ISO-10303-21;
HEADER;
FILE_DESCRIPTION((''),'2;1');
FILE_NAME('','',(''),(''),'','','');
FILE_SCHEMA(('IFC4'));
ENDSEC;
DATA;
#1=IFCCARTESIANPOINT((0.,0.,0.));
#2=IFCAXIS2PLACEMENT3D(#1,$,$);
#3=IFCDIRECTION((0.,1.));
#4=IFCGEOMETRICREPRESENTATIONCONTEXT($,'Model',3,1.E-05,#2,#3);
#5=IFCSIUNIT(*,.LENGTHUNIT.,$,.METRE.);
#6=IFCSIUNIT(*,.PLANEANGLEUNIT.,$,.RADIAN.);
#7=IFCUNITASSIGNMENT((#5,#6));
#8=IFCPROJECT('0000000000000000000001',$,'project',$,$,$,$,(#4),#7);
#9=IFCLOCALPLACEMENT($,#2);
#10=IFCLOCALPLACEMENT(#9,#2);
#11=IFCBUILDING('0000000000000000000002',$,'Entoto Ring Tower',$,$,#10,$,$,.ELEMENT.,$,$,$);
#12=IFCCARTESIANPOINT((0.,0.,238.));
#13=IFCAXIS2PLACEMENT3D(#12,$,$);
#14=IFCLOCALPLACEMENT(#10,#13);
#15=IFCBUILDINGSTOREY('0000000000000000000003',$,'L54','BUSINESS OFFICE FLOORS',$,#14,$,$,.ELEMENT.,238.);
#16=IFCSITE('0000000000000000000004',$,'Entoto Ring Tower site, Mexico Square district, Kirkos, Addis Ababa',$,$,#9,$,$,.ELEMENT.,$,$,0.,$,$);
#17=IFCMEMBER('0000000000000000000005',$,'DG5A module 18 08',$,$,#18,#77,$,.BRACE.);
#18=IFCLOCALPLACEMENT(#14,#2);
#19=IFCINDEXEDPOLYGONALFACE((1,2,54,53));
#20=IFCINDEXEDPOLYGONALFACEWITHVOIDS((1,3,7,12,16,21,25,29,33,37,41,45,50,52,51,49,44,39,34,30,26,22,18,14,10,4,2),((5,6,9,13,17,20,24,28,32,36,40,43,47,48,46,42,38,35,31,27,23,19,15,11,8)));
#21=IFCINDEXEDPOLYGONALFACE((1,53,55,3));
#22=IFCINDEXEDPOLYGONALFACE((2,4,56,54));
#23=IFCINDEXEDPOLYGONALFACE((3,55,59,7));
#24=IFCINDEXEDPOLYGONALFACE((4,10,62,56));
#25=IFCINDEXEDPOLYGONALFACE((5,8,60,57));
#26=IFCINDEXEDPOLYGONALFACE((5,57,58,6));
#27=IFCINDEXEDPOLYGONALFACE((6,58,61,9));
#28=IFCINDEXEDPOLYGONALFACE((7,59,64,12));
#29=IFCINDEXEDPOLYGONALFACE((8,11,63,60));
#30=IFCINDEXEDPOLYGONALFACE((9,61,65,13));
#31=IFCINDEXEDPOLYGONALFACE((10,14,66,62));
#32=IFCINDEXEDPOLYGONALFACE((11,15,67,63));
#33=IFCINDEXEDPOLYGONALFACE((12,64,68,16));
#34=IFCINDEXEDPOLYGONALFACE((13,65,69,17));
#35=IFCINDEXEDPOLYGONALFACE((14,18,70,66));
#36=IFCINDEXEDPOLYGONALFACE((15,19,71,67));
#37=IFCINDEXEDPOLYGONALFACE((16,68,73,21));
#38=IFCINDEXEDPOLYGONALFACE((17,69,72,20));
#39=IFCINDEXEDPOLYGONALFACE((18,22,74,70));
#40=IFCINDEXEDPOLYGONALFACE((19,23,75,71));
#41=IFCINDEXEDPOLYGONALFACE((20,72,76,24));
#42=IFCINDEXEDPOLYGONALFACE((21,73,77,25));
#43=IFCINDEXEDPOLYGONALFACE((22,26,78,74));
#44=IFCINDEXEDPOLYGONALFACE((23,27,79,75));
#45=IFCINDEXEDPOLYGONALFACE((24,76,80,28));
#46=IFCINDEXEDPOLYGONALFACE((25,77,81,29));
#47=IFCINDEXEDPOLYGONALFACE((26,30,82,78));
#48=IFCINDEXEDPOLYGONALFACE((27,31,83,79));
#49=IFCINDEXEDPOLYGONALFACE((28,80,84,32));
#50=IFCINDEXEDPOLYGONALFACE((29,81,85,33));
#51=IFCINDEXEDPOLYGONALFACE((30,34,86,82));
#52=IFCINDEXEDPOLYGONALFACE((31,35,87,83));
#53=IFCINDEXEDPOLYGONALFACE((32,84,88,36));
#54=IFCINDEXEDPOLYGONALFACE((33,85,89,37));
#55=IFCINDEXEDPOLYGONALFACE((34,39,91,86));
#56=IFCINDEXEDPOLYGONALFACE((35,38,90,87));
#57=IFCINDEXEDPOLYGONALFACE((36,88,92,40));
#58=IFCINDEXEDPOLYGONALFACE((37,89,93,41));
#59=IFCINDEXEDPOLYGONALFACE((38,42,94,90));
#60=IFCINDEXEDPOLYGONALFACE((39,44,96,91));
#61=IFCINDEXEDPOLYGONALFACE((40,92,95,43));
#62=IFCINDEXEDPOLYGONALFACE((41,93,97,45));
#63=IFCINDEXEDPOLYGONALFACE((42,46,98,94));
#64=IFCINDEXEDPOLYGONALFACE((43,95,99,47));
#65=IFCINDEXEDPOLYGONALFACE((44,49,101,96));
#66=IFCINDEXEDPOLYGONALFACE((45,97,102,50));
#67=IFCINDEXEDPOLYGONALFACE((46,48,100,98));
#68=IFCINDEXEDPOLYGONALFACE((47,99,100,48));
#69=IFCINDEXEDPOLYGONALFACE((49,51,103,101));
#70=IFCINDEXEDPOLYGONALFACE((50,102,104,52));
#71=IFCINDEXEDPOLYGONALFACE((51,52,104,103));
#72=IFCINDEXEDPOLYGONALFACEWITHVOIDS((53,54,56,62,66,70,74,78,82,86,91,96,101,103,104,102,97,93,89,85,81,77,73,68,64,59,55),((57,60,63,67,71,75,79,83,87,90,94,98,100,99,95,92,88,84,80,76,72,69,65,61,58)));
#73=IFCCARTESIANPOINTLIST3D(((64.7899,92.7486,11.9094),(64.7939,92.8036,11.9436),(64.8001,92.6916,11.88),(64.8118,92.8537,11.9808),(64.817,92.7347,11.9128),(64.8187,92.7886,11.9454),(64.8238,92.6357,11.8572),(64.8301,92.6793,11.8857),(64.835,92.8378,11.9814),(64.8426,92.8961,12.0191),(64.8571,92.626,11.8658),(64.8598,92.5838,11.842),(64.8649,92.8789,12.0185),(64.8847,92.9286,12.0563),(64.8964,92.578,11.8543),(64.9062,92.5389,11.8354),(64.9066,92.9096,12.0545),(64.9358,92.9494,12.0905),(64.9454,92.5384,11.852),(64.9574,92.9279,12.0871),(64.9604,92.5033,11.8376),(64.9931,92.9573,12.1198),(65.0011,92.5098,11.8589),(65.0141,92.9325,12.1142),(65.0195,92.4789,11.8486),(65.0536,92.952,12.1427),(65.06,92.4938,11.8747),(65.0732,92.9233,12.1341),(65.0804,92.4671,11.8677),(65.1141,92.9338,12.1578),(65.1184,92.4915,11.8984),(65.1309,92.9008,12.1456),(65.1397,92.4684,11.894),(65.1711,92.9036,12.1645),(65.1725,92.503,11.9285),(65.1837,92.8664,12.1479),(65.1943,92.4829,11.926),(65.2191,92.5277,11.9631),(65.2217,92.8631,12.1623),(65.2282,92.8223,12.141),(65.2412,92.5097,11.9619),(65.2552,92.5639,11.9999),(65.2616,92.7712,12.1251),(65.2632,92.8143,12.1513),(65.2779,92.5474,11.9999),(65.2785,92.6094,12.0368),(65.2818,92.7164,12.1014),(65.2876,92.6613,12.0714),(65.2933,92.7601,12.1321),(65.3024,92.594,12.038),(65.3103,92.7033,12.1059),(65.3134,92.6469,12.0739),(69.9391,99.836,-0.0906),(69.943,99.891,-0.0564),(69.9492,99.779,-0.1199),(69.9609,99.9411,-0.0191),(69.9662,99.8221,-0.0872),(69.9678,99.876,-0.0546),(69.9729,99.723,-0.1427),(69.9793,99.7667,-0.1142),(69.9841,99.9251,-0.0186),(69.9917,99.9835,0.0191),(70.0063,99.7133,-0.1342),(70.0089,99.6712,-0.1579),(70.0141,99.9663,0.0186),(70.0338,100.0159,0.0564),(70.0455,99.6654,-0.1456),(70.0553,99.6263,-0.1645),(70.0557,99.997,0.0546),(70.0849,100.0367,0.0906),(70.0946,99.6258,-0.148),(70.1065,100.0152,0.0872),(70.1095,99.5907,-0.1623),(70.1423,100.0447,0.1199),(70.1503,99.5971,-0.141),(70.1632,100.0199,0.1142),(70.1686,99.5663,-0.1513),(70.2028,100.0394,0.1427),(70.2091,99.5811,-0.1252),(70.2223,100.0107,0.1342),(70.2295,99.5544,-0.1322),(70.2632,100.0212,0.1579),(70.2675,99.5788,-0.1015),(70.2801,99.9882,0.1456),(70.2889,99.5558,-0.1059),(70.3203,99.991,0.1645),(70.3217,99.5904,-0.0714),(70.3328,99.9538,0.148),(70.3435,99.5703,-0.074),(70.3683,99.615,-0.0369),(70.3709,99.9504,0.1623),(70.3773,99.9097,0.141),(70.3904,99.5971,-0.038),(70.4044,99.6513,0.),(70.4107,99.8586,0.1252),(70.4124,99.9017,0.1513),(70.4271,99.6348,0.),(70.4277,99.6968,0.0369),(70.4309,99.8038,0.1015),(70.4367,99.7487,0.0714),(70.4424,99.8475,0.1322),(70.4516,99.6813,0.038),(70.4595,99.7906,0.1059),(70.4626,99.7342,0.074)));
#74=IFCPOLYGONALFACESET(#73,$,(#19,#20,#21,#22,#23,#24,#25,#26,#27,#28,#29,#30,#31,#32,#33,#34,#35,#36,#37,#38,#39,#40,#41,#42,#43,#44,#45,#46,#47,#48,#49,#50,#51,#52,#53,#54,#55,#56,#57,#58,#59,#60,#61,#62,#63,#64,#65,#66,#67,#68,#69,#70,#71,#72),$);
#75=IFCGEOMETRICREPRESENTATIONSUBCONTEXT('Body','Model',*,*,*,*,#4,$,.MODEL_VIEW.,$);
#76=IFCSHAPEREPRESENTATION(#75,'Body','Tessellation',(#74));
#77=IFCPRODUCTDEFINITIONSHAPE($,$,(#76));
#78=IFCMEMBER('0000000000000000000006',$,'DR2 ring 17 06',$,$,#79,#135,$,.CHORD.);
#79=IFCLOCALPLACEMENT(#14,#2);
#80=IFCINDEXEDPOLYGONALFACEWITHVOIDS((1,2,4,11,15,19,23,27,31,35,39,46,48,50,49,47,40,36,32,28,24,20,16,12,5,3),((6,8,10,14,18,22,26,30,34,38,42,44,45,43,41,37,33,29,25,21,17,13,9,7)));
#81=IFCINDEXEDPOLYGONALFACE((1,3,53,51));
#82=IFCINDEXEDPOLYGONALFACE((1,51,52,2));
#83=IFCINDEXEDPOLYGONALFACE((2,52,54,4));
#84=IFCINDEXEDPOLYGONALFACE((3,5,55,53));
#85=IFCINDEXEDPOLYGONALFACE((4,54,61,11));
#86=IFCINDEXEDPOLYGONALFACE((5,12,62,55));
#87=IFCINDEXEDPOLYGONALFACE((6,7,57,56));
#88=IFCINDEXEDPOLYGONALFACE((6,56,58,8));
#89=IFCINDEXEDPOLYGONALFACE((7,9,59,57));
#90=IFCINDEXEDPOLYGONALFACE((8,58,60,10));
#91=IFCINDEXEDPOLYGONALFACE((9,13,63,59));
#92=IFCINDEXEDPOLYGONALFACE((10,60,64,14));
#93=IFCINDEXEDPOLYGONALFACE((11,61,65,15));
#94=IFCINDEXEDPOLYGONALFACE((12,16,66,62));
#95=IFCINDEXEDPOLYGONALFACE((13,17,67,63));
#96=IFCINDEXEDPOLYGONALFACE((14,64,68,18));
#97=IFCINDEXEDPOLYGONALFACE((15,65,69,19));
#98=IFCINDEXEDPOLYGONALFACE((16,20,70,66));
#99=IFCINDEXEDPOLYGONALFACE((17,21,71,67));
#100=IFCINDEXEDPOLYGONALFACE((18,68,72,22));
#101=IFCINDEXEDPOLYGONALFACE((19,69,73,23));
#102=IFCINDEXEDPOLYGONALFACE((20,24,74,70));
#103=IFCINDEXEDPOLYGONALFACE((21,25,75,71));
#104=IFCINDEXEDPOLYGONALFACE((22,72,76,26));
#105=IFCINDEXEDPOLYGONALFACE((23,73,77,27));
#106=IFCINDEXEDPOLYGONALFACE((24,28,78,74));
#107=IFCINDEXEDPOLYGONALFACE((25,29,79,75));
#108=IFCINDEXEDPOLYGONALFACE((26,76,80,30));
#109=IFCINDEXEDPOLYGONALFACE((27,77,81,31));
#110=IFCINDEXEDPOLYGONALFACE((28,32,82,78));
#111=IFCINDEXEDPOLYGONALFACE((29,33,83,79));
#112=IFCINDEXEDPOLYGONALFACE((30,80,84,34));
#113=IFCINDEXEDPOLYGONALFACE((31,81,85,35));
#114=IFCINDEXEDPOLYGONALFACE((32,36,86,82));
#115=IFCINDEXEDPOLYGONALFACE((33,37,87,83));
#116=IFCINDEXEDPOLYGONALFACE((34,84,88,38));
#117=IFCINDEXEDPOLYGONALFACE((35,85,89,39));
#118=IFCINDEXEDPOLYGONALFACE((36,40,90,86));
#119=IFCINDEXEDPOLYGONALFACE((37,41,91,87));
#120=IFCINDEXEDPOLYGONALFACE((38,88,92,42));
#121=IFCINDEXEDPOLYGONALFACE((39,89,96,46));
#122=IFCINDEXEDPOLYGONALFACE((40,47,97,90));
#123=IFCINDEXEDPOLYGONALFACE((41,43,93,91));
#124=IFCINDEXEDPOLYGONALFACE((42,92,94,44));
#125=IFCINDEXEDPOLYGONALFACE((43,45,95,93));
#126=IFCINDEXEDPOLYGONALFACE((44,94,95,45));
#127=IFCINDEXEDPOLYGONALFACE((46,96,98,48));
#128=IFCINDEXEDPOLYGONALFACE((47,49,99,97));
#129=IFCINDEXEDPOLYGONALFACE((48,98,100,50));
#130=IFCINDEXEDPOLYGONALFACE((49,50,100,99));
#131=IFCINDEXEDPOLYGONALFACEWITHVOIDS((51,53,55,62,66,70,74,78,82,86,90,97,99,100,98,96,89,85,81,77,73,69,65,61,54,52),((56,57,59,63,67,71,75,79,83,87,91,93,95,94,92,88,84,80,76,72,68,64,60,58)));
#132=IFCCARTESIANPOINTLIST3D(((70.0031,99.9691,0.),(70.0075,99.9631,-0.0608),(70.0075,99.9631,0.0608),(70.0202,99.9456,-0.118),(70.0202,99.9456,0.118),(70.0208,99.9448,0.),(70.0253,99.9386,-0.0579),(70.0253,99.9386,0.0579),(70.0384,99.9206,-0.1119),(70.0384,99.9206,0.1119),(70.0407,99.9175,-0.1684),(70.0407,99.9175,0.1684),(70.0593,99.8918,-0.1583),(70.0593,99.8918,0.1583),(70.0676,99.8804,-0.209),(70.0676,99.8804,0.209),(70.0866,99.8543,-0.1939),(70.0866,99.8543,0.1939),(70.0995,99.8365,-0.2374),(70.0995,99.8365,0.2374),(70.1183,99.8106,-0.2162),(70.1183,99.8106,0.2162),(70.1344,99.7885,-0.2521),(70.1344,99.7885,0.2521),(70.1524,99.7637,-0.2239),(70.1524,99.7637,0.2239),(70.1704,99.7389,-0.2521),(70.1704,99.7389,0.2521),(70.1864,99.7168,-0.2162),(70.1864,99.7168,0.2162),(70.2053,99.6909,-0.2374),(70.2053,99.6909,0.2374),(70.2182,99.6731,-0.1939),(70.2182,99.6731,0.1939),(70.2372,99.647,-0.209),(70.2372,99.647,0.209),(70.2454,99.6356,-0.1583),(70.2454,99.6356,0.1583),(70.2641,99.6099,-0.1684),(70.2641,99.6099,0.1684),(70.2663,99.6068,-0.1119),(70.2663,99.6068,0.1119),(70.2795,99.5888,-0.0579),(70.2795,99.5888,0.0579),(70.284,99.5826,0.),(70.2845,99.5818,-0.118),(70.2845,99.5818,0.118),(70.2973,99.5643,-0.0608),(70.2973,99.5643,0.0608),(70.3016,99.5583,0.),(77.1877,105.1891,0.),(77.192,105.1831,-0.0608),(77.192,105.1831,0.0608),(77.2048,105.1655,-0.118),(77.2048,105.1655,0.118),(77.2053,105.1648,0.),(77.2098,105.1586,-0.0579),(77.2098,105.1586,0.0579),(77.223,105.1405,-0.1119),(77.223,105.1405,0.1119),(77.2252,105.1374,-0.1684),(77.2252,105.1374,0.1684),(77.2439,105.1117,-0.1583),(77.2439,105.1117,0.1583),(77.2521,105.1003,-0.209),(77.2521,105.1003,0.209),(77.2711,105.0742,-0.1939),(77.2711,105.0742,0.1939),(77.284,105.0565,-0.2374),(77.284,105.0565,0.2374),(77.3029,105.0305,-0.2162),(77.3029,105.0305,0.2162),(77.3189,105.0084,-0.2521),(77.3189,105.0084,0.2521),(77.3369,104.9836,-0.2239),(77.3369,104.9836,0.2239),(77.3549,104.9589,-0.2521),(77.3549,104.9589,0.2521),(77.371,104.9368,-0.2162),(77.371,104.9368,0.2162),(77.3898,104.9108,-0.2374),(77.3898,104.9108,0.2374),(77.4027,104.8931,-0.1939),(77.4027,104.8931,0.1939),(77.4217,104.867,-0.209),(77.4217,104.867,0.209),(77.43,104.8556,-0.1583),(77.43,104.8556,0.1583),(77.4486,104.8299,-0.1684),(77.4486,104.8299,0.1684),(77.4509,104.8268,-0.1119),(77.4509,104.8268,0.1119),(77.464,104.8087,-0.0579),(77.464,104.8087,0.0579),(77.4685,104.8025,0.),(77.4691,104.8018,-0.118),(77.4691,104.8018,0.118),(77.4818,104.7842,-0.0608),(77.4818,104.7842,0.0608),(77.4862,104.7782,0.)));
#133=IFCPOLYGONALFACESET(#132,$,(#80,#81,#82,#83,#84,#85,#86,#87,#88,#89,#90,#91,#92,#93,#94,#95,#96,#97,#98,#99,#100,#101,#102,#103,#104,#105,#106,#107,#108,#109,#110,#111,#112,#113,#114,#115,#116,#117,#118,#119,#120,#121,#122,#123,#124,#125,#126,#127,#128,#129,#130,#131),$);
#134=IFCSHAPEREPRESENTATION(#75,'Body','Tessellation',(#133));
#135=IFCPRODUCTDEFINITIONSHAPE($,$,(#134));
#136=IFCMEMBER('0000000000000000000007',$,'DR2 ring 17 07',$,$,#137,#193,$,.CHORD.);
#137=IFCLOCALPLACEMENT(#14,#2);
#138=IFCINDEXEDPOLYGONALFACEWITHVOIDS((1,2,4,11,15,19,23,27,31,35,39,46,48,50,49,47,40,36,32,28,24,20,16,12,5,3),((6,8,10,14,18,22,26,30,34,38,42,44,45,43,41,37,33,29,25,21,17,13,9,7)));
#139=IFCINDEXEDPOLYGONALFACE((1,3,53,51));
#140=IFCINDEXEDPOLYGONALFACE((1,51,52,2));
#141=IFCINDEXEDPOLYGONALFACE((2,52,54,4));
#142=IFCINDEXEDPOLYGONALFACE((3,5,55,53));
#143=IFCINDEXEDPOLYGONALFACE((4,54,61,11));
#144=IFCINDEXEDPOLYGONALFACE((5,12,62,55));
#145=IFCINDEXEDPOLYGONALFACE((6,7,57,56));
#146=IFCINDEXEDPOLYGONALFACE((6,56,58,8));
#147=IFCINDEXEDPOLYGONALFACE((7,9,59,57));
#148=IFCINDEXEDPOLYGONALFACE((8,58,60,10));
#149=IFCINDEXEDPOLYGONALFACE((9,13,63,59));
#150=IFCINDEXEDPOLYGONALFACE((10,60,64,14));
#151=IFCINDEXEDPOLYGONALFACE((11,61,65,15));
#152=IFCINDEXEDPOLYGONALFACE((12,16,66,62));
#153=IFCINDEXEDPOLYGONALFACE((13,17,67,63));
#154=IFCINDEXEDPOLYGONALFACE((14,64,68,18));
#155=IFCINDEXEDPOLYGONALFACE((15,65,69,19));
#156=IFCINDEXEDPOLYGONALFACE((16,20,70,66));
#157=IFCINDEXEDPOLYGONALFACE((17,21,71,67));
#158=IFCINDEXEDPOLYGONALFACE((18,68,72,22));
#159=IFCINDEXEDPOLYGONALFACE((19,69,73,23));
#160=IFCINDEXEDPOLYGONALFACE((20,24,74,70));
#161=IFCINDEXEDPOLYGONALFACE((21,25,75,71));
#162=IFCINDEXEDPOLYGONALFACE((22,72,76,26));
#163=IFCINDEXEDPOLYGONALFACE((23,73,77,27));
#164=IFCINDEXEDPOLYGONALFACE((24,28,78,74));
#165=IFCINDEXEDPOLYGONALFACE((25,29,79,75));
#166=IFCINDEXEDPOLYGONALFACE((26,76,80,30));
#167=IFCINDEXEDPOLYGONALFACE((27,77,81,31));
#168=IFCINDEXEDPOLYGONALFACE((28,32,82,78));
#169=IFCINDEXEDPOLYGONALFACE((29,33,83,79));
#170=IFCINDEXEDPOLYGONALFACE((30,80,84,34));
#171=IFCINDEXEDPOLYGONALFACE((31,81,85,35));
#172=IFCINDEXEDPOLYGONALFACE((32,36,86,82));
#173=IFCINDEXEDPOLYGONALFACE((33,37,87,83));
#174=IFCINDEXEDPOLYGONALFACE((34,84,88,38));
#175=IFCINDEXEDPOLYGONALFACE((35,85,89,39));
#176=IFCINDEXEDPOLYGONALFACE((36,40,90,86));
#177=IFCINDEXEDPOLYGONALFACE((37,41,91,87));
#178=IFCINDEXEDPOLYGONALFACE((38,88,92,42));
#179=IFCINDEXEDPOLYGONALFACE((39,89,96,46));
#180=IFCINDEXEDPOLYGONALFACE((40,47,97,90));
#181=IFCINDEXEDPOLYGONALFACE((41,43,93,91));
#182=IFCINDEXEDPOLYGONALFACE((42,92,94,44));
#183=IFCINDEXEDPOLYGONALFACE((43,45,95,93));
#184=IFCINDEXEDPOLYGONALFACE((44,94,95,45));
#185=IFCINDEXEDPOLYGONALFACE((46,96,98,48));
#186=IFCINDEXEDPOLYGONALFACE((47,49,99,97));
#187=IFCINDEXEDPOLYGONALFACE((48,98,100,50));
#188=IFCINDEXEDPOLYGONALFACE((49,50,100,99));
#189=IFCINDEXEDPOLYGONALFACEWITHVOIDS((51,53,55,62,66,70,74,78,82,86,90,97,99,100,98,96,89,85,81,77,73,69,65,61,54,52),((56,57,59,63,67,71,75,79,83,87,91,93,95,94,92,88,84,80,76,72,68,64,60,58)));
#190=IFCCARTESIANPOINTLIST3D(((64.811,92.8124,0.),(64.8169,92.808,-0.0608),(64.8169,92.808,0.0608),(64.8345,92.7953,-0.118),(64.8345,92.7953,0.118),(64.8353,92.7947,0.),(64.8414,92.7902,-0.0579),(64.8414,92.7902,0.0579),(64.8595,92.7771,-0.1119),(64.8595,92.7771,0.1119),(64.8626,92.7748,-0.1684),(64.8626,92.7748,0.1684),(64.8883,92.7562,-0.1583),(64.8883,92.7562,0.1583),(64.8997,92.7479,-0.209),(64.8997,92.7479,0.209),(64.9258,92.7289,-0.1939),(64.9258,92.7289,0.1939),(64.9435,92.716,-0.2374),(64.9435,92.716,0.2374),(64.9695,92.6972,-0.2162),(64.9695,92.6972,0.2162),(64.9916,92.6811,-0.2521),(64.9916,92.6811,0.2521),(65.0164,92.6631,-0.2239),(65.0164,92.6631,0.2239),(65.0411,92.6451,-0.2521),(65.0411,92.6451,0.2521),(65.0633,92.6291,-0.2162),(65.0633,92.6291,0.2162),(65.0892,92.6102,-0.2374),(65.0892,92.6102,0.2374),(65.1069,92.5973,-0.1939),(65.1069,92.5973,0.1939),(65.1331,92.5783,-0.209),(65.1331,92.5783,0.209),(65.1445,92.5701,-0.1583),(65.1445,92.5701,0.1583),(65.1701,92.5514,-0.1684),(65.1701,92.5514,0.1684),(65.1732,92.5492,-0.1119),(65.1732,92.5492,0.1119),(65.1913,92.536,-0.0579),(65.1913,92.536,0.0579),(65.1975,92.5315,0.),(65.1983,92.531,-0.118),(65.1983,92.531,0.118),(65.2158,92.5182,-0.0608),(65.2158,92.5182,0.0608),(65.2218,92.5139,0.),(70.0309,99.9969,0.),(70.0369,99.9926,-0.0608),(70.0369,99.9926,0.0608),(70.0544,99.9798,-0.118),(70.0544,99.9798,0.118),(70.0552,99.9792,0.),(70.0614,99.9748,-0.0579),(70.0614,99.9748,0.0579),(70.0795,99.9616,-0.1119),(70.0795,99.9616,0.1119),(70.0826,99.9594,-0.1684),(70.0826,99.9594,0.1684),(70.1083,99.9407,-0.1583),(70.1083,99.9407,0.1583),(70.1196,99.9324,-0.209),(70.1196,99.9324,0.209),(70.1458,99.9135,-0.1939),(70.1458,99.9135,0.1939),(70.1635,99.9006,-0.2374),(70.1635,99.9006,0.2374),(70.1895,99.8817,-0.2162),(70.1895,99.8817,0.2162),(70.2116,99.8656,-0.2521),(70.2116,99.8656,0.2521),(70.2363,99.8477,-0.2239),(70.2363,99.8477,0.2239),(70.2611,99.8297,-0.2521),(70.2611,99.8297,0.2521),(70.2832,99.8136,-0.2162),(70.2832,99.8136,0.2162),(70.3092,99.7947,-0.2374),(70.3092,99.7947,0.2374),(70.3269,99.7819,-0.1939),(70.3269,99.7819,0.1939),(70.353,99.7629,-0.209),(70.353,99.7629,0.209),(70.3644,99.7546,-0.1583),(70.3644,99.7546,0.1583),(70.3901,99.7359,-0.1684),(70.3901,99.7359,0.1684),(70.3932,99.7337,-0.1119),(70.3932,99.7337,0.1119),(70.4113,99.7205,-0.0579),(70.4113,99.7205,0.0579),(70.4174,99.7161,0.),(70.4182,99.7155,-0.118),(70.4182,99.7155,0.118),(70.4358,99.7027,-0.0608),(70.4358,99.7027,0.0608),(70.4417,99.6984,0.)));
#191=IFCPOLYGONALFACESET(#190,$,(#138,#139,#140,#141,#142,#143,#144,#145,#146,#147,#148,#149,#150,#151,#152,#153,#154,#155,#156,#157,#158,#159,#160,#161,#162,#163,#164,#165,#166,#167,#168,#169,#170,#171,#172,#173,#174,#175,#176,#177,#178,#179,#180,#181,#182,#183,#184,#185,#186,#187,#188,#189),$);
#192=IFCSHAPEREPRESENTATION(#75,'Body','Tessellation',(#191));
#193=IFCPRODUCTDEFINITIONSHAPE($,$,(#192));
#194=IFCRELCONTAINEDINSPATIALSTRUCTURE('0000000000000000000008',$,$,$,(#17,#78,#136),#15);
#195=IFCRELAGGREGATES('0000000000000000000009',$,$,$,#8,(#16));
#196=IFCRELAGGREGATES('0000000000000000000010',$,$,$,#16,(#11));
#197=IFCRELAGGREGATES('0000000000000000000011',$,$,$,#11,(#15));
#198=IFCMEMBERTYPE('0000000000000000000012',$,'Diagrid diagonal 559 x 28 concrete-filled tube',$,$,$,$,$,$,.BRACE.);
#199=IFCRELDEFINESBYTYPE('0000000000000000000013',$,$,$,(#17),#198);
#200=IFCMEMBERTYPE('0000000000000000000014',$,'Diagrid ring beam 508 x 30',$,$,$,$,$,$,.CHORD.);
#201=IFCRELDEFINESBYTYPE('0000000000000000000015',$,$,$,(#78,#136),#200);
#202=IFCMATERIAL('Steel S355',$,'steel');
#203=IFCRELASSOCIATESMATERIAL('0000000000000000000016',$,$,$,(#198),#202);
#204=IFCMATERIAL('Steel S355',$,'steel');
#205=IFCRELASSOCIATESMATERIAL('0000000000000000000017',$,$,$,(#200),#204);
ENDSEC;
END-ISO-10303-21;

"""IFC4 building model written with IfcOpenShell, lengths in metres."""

from ifc_helpers import new_model, si_unit, direction, frame, origin, origin_2d, place, context, subcontext, project, spatial, circle, hollow_circle, extrude, material, material_profile, profile_set, type_object, element, save


model = new_model("IFC4")

# Units and contexts
model_context = context("Model", 3, precision=1e-05, world=origin(), true_north=direction((0.0, 1.0)))
body_context = subcontext(model_context, "Body", "Model", "MODEL_VIEW")
ifc_project = project(units=[si_unit("LENGTHUNIT", "METRE"), si_unit("PLANEANGLEUNIT", "RADIAN")], contexts=[model_context])

# Site, building, storey
site_placement = place(None, origin())
site = spatial("IfcSite", under=ifc_project, at=site_placement, Name="Entoto Ring Tower site, Mexico Square district, Kirkos, Addis Ababa", CompositionType="ELEMENT", RefElevation=0.0)
building_placement = place(site_placement, origin())
building = spatial("IfcBuilding", under=site, at=building_placement, Name="Entoto Ring Tower", CompositionType="ELEMENT")
storey_placement = place(building_placement, frame((0.0, 0.0, 238.0)))
storey = spatial("IfcBuildingStorey", under=building, at=storey_placement, Name="L54", Description="BUSINESS OFFICE FLOORS", CompositionType="ELEMENT", Elevation=238.0)

# Members
ifc_material_1 = material(Name="Steel S355", Category="steel")
ifc_material_profile_1 = material_profile(ifc_material_1, hollow_circle(Radius=0.2795, WallThickness=0.0281, at=origin_2d()), Name="CHS 559 x 28")
ifc_material_2 = material(Name="Concrete C60/75", Category="concrete")
ifc_material_profile_2 = material_profile(ifc_material_2, circle(Radius=0.2515, at=origin_2d()), Name="Concrete C60/75 infill")
ifc_profile_set_1 = profile_set([ifc_material_profile_1, ifc_material_profile_2], Name="Steel S355")
member_type_1 = type_object("IfcMemberType", Name="Diagrid diagonal 559 x 28 concrete-filled tube", PredefinedType="BRACE", material=ifc_profile_set_1)
for number, where, z_axis, x_axis, name in (
    (1, (70.2009, 99.7991, 0.0), (-0.34657, -0.477025, 0.807673), (0.809024, -0.587776, 0.0), "DG5A module 18 08"),
):
    element("IfcMember", number, at=place(storey_placement, frame(where, z_axis=z_axis, x_axis=x_axis)), inside=storey, type_object=member_type_1, Name=name, PredefinedType="BRACE", context=body_context, shape_type="SweptSolid", body=[
        extrude(hollow_circle(Radius=0.2795, WallThickness=0.0281, at=origin_2d()), origin(), (0.0, 0.0, 1.0), 14.8574),
    ])
ifc_material_3 = material(Name="Steel S355", Category="steel")
ifc_material_profile_3 = material_profile(ifc_material_3, hollow_circle(Radius=0.2539, WallThickness=0.03, at=origin_2d()), Name="CHS 508 x 30")
ifc_material_4 = material(Name="Concrete C60/75", Category="concrete")
ifc_material_profile_4 = material_profile(ifc_material_4, circle(Radius=0.2241, at=origin_2d()), Name="Concrete C60/75 infill")
ifc_profile_set_2 = profile_set([ifc_material_profile_3, ifc_material_profile_4], Name="Steel S355")
member_type_2 = type_object("IfcMemberType", Name="Diagrid ring beam 508 x 30", PredefinedType="CHORD", material=ifc_profile_set_2)
for number, where, z_axis, x_axis, name in (
    (2, (77.3369, 104.9836, 0.0), (-0.809013, -0.587791, 0.0), (0.587791, -0.809013, 0.0), "DR2 ring 17 06"),
    (3, (70.2363, 99.8477, 0.0), (-0.587791, -0.809013, 0.0), (0.809013, -0.587791, 0.0), "DR2 ring 17 07"),
):
    element("IfcMember", number, at=place(storey_placement, frame(where, z_axis=z_axis, x_axis=x_axis)), inside=storey, type_object=member_type_2, Name=name, PredefinedType="CHORD", context=body_context, shape_type="SweptSolid", body=[
        extrude(hollow_circle(Radius=0.2539, WallThickness=0.03, at=origin_2d()), origin(), (0.0, 0.0, 1.0), 8.8806),
    ])

save(model, "model.ifc")
